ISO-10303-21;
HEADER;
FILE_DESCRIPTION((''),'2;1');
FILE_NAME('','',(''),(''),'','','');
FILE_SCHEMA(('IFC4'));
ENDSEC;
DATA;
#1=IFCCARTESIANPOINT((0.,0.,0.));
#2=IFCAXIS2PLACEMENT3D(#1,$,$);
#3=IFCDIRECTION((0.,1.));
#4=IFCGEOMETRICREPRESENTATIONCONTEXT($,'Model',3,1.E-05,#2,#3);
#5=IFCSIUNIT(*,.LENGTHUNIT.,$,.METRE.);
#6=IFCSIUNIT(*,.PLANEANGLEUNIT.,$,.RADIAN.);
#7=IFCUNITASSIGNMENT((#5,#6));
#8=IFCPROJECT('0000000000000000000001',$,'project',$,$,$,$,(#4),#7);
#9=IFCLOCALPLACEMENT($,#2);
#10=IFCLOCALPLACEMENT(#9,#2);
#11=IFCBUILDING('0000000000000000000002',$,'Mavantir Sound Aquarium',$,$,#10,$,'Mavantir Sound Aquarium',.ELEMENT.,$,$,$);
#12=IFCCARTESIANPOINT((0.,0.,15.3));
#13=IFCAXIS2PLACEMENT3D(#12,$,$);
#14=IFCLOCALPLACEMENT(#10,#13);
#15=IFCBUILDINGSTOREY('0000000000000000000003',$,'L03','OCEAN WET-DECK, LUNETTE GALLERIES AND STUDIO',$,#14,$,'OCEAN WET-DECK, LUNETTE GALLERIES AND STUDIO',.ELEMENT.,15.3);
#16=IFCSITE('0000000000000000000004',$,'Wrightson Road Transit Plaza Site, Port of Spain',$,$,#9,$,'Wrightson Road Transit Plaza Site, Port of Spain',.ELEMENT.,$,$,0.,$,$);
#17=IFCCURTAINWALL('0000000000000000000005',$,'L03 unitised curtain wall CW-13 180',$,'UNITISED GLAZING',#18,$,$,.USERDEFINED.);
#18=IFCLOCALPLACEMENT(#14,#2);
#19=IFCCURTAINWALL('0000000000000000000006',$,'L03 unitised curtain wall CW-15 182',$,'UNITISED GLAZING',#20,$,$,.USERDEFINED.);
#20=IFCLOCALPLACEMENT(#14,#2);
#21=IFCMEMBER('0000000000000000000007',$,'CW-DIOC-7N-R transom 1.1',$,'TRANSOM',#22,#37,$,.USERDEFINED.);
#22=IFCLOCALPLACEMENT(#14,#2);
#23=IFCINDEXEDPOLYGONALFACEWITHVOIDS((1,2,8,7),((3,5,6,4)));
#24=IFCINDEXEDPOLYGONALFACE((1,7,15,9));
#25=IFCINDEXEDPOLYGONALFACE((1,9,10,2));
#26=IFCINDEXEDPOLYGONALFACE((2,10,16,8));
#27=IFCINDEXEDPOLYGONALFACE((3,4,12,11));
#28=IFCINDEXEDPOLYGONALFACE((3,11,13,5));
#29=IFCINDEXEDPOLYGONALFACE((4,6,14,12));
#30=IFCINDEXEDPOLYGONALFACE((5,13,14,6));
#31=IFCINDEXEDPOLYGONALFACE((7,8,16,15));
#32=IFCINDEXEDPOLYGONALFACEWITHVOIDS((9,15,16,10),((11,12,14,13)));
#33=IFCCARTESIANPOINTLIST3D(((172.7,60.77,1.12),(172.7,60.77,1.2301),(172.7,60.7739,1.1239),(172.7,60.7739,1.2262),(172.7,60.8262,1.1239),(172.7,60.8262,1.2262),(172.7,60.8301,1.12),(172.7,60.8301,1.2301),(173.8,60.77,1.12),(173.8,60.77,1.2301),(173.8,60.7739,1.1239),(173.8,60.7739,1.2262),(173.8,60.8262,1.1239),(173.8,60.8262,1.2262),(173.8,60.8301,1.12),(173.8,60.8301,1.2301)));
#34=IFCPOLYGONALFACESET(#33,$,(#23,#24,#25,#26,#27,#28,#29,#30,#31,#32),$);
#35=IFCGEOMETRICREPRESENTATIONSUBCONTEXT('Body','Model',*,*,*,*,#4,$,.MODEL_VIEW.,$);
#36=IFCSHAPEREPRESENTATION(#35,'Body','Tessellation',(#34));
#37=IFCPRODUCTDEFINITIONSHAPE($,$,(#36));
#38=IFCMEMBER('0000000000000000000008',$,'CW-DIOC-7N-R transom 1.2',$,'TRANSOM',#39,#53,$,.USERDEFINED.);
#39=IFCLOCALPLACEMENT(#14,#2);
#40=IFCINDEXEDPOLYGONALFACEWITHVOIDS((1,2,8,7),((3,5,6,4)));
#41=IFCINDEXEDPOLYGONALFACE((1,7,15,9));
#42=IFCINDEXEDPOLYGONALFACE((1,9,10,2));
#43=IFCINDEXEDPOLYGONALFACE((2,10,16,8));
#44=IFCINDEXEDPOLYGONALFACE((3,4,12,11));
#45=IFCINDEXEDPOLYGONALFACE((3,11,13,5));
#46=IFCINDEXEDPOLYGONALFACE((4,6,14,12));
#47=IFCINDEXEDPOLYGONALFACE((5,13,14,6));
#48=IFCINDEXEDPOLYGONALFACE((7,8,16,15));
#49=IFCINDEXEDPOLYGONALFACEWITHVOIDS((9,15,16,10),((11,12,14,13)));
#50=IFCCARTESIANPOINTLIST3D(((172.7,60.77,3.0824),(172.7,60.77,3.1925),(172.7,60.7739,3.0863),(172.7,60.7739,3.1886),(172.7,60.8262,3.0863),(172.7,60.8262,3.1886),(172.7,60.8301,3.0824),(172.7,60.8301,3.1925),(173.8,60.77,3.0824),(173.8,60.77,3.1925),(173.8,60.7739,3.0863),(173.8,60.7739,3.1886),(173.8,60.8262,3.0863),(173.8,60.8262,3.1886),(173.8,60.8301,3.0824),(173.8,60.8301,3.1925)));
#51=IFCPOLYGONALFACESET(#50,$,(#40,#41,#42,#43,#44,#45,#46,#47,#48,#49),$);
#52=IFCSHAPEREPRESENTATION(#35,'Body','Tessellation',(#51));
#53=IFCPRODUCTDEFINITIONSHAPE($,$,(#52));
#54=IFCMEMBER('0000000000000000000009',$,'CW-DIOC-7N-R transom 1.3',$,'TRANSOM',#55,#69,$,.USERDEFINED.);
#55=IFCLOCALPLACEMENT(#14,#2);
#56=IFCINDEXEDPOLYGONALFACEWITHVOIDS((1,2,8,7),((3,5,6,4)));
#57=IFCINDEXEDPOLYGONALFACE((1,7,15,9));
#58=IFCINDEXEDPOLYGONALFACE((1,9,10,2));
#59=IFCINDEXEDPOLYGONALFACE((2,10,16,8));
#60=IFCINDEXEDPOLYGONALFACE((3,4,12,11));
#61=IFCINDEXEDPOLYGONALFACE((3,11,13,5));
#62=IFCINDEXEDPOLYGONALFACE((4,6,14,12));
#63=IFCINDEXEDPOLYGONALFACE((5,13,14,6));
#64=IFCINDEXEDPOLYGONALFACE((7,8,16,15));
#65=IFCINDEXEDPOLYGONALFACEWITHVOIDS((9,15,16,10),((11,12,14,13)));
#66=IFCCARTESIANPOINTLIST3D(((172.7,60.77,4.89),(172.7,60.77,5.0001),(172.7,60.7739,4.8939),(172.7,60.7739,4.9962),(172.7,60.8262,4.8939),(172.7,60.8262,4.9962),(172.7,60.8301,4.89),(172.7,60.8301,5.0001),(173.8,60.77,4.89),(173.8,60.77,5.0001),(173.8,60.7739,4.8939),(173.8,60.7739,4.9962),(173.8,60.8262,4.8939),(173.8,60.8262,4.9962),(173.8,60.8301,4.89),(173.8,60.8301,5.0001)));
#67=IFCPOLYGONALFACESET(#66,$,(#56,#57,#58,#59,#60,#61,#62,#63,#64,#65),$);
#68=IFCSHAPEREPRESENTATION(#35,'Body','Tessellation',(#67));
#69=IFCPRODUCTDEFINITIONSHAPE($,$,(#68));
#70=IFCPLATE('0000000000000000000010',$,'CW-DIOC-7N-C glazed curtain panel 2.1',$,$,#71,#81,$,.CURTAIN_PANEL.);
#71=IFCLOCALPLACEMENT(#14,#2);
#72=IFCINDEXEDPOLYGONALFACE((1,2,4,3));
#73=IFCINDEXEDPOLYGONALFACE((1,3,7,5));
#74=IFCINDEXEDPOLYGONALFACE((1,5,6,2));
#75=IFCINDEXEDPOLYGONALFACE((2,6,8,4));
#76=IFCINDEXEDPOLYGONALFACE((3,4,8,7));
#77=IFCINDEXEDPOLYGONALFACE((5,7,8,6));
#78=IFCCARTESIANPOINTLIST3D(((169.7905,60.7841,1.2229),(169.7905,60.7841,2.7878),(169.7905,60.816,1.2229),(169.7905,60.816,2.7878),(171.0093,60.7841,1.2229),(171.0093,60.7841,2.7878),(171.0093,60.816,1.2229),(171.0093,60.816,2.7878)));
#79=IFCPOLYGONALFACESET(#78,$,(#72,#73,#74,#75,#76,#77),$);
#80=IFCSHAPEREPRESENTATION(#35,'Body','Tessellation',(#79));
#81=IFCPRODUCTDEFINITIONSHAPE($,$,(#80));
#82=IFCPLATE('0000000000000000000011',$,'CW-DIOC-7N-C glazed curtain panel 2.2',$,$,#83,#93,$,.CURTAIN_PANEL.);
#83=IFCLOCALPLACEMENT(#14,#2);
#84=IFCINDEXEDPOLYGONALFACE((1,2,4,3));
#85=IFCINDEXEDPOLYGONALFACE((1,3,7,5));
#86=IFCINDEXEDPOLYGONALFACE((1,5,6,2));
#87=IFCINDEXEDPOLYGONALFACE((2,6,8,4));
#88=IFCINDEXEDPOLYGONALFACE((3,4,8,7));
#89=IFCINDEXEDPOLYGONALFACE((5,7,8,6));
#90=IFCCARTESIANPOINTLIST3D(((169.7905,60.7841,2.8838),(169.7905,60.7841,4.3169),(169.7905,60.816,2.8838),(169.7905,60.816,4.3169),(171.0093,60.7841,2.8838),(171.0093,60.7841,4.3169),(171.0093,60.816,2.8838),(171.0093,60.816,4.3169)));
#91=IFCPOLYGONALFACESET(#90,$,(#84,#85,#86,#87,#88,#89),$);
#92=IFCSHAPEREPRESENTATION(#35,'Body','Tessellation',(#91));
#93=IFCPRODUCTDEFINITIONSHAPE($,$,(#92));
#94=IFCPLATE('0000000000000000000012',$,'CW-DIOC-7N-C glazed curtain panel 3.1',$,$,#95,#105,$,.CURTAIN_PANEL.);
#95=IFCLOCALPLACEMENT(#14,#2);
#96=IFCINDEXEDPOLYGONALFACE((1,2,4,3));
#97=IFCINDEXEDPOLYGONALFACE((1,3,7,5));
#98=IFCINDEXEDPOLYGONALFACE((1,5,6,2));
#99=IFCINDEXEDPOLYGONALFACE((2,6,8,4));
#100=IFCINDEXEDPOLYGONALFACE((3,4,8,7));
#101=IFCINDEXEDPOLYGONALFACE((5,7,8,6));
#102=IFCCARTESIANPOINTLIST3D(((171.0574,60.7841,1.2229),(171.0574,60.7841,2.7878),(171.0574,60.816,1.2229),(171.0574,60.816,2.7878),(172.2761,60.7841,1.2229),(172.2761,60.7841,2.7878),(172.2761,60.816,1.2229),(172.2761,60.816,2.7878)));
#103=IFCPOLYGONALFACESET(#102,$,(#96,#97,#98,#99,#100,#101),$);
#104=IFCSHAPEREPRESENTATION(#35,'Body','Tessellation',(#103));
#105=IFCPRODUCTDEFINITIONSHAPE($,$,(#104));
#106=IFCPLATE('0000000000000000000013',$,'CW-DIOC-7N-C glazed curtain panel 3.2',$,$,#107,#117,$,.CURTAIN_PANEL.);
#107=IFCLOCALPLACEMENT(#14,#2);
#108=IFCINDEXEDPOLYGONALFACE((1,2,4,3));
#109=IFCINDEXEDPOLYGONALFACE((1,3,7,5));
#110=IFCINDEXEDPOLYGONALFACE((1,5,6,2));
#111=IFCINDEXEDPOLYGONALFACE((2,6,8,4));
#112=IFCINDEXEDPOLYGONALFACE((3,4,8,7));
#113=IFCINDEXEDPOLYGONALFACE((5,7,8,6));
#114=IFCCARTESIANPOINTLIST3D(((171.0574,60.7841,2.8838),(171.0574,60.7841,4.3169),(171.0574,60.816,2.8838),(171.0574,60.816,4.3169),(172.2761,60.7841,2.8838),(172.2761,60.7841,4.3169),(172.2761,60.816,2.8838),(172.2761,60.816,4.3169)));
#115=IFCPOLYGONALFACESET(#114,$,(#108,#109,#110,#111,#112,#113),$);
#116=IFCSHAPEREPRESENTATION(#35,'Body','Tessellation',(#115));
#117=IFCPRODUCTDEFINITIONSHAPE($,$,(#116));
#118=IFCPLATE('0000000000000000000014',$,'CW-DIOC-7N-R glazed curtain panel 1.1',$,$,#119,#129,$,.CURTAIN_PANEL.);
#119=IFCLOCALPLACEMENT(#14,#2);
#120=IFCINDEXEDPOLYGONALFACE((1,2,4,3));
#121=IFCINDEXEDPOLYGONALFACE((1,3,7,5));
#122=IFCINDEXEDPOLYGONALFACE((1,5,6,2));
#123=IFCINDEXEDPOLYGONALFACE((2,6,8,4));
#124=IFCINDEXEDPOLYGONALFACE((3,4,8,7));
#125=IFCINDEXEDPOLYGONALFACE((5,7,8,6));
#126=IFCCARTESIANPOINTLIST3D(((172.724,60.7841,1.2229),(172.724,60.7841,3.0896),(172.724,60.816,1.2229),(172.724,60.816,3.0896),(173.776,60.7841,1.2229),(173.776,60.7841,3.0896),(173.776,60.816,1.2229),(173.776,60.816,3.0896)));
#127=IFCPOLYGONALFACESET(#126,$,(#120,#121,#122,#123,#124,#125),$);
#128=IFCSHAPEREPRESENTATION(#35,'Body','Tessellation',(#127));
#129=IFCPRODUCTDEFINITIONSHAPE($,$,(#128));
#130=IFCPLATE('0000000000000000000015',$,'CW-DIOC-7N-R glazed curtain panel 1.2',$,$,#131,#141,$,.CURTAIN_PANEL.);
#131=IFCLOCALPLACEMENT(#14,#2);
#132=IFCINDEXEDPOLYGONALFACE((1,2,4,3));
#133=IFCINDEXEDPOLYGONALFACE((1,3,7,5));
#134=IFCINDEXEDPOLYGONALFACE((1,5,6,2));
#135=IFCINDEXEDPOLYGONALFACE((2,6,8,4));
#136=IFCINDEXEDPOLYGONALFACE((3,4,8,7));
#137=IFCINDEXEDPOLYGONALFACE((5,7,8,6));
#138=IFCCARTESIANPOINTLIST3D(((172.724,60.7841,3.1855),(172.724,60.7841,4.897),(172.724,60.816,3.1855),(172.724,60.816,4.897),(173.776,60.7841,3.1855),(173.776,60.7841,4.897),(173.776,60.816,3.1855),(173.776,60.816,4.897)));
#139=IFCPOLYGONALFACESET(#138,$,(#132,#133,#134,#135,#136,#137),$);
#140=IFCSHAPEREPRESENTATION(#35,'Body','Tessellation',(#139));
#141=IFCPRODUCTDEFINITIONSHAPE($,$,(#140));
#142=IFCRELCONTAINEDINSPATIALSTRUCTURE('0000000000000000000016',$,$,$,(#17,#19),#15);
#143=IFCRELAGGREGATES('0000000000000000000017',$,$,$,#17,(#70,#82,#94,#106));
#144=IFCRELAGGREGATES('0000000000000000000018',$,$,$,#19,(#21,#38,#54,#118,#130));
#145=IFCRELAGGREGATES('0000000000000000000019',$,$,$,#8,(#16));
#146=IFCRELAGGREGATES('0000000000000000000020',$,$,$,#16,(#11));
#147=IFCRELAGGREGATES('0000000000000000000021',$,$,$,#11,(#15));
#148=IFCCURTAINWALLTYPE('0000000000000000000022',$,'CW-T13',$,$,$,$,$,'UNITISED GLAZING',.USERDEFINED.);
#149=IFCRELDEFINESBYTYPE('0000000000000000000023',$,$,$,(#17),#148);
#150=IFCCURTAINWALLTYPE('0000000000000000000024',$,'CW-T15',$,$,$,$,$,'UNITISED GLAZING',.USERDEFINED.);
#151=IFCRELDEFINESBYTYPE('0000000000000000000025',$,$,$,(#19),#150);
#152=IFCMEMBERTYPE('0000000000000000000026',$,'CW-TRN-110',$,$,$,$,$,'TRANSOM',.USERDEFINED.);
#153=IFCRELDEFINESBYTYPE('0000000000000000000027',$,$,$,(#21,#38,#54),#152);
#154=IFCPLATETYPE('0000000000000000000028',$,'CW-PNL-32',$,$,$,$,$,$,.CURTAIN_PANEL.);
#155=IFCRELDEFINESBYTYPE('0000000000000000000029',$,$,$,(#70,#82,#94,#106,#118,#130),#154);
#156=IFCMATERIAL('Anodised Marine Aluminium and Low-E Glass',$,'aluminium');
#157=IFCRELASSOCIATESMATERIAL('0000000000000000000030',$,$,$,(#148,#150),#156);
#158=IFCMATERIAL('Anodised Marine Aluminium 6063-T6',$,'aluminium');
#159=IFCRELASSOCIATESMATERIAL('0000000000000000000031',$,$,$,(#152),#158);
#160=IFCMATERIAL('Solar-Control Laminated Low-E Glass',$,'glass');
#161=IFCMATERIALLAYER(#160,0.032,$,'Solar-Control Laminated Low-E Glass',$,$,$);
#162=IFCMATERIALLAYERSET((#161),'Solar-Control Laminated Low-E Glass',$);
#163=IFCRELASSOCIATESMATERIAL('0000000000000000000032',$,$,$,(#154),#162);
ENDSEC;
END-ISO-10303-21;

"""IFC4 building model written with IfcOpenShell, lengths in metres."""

from ifc_helpers import new_model, si_unit, direction, frame, origin, origin_2d, place, context, subcontext, project, spatial, rectangle, hollow_rectangle, extrude, material, layer, layer_set, material_profile, profile_set, type_object, element, aggregate, save


model = new_model("IFC4")

# Units and contexts
model_context = context("Model", 3, precision=1e-05, world=origin(), true_north=direction((0.0, 1.0)))
body_context = subcontext(model_context, "Body", "Model", "MODEL_VIEW")
ifc_project = project(units=[si_unit("LENGTHUNIT", "METRE"), si_unit("PLANEANGLEUNIT", "RADIAN")], contexts=[model_context])

# Site, building, storey
site_placement = place(None, origin())
site = spatial("IfcSite", under=ifc_project, at=site_placement, Name="Wrightson Road Transit Plaza Site, Port of Spain", LongName="Wrightson Road Transit Plaza Site, Port of Spain", CompositionType="ELEMENT", RefElevation=0.0)
building_placement = place(site_placement, origin())
building = spatial("IfcBuilding", under=site, at=building_placement, Name="Mavantir Sound Aquarium", LongName="Mavantir Sound Aquarium", CompositionType="ELEMENT")
storey_placement = place(building_placement, frame((0.0, 0.0, 15.3)))
storey = spatial("IfcBuildingStorey", under=building, at=storey_placement, Name="L03", Description="OCEAN WET-DECK, LUNETTE GALLERIES AND STUDIO", LongName="OCEAN WET-DECK, LUNETTE GALLERIES AND STUDIO", CompositionType="ELEMENT", Elevation=15.3)

# Curtain walls
ifc_material_1 = material(Name="Anodised Marine Aluminium and Low-E Glass", Category="aluminium")
curtain_wall_type_1 = type_object("IfcCurtainWallType", Name="CW-T13", ElementType="UNITISED GLAZING", PredefinedType="USERDEFINED", material=ifc_material_1)
curtain_wall_1_placement = place(storey_placement, origin())
curtain_wall_1 = element("IfcCurtainWall", 1, at=curtain_wall_1_placement, inside=storey, type_object=curtain_wall_type_1, Name="L03 unitised curtain wall CW-13 180", ObjectType="UNITISED GLAZING", PredefinedType="USERDEFINED")
ifc_material_2 = material(Name="Anodised Marine Aluminium 6063-T6", Category="aluminium")
curtain_wall_type_2 = type_object("IfcCurtainWallType", Name="CW-T15", ElementType="UNITISED GLAZING", PredefinedType="USERDEFINED", material=ifc_material_1)
curtain_wall_2_placement = place(storey_placement, origin())
curtain_wall_2 = element("IfcCurtainWall", 2, at=curtain_wall_2_placement, inside=storey, type_object=curtain_wall_type_2, Name="L03 unitised curtain wall CW-15 182", ObjectType="UNITISED GLAZING", PredefinedType="USERDEFINED")

# Members
ifc_material_profile_1 = material_profile(ifc_material_2, hollow_rectangle(XDim=0.0601, YDim=0.1101, WallThickness=0.0039, at=origin_2d()), Name="ALU-TRANSOM-110X60")
ifc_profile_set_1 = profile_set([ifc_material_profile_1], Name="Anodised Marine Aluminium 6063-T6")
member_type_1 = type_object("IfcMemberType", Name="CW-TRN-110", ElementType="TRANSOM", PredefinedType="USERDEFINED", material=ifc_profile_set_1)
member_1_placement = place(storey_placement, frame((172.7, 60.8, 1.175), z_axis=(1.0, 0.0, 0.0), x_axis=(0.0, 1.0, 0.0)))
member_1 = element("IfcMember", 3, at=member_1_placement, type_object=member_type_1, Name="CW-DIOC-7N-R transom 1.1", ObjectType="TRANSOM", PredefinedType="USERDEFINED", context=body_context, shape_type="SweptSolid", body=[
    extrude(hollow_rectangle(XDim=0.0601, YDim=0.1101, WallThickness=0.0039, at=origin_2d()), origin(), (0.0, 0.0, 1.0), 1.1001),
])
member_2_placement = place(storey_placement, frame((172.7, 60.8, 3.1375), z_axis=(1.0, 0.0, 0.0), x_axis=(0.0, 1.0, 0.0)))
member_2 = element("IfcMember", 4, at=member_2_placement, type_object=member_type_1, Name="CW-DIOC-7N-R transom 1.2", ObjectType="TRANSOM", PredefinedType="USERDEFINED", context=body_context, shape_type="SweptSolid", body=[
    extrude(hollow_rectangle(XDim=0.0601, YDim=0.1101, WallThickness=0.0039, at=origin_2d()), origin(), (0.0, 0.0, 1.0), 1.1001),
])
member_3_placement = place(storey_placement, frame((172.7, 60.8, 4.9451), z_axis=(1.0, 0.0, 0.0), x_axis=(0.0, 1.0, 0.0)))
member_3 = element("IfcMember", 5, at=member_3_placement, type_object=member_type_1, Name="CW-DIOC-7N-R transom 1.3", ObjectType="TRANSOM", PredefinedType="USERDEFINED", context=body_context, shape_type="SweptSolid", body=[
    extrude(hollow_rectangle(XDim=0.0601, YDim=0.1101, WallThickness=0.0039, at=origin_2d()), origin(), (0.0, 0.0, 1.0), 1.1001),
])

# Plates
ifc_material_3 = material(Name="Solar-Control Laminated Low-E Glass", Category="glass")
ifc_layer = layer(ifc_material_3, 0.032, Name="Solar-Control Laminated Low-E Glass")
ifc_layer_set = layer_set([ifc_layer], Name="Solar-Control Laminated Low-E Glass")
plate_type = type_object("IfcPlateType", Name="CW-PNL-32", PredefinedType="CURTAIN_PANEL", material=ifc_layer_set)
plate_1_placement = place(storey_placement, frame((170.3999, 60.8, 1.2229), z_axis=(0.0, 0.0, 1.0), x_axis=(1.0, 0.0, 0.0)))
plate_1 = element("IfcPlate", 6, at=plate_1_placement, type_object=plate_type, Name="CW-DIOC-7N-C glazed curtain panel 2.1", PredefinedType="CURTAIN_PANEL", context=body_context, shape_type="SweptSolid", body=[
    extrude(rectangle(XDim=1.2188, YDim=0.032, at=origin_2d()), origin(), (0.0, 0.0, 1.0), 1.5649),
])
plate_2_placement = place(storey_placement, frame((170.3999, 60.8, 2.8838), z_axis=(0.0, 0.0, 1.0), x_axis=(1.0, 0.0, 0.0)))
plate_2 = element("IfcPlate", 7, at=plate_2_placement, type_object=plate_type, Name="CW-DIOC-7N-C glazed curtain panel 2.2", PredefinedType="CURTAIN_PANEL", context=body_context, shape_type="SweptSolid", body=[
    extrude(rectangle(XDim=1.2188, YDim=0.032, at=origin_2d()), origin(), (0.0, 0.0, 1.0), 1.4331),
])
plate_3_placement = place(storey_placement, frame((171.6667, 60.8, 1.2229), z_axis=(0.0, 0.0, 1.0), x_axis=(1.0, 0.0, 0.0)))
plate_3 = element("IfcPlate", 8, at=plate_3_placement, type_object=plate_type, Name="CW-DIOC-7N-C glazed curtain panel 3.1", PredefinedType="CURTAIN_PANEL", context=body_context, shape_type="SweptSolid", body=[
    extrude(rectangle(XDim=1.2188, YDim=0.032, at=origin_2d()), origin(), (0.0, 0.0, 1.0), 1.5649),
])
plate_4_placement = place(storey_placement, frame((171.6667, 60.8, 2.8838), z_axis=(0.0, 0.0, 1.0), x_axis=(1.0, 0.0, 0.0)))
plate_4 = element("IfcPlate", 9, at=plate_4_placement, type_object=plate_type, Name="CW-DIOC-7N-C glazed curtain panel 3.2", PredefinedType="CURTAIN_PANEL", context=body_context, shape_type="SweptSolid", body=[
    extrude(rectangle(XDim=1.2188, YDim=0.032, at=origin_2d()), origin(), (0.0, 0.0, 1.0), 1.4331),
])
aggregate(curtain_wall_1, [plate_1, plate_2, plate_3, plate_4])
plate_5_placement = place(storey_placement, frame((173.25, 60.8, 1.2229), z_axis=(0.0, 0.0, 1.0), x_axis=(1.0, 0.0, 0.0)))
plate_5 = element("IfcPlate", 10, at=plate_5_placement, type_object=plate_type, Name="CW-DIOC-7N-R glazed curtain panel 1.1", PredefinedType="CURTAIN_PANEL", context=body_context, shape_type="SweptSolid", body=[
    extrude(rectangle(XDim=1.052, YDim=0.032, at=origin_2d()), origin(), (0.0, 0.0, 1.0), 1.8667),
])
plate_6_placement = place(storey_placement, frame((173.25, 60.8, 3.1855), z_axis=(0.0, 0.0, 1.0), x_axis=(1.0, 0.0, 0.0)))
plate_6 = element("IfcPlate", 11, at=plate_6_placement, type_object=plate_type, Name="CW-DIOC-7N-R glazed curtain panel 1.2", PredefinedType="CURTAIN_PANEL", context=body_context, shape_type="SweptSolid", body=[
    extrude(rectangle(XDim=1.052, YDim=0.032, at=origin_2d()), origin(), (0.0, 0.0, 1.0), 1.7114),
])
aggregate(curtain_wall_2, [member_1, member_2, member_3, plate_5, plate_6])

save(model, "model.ifc")
